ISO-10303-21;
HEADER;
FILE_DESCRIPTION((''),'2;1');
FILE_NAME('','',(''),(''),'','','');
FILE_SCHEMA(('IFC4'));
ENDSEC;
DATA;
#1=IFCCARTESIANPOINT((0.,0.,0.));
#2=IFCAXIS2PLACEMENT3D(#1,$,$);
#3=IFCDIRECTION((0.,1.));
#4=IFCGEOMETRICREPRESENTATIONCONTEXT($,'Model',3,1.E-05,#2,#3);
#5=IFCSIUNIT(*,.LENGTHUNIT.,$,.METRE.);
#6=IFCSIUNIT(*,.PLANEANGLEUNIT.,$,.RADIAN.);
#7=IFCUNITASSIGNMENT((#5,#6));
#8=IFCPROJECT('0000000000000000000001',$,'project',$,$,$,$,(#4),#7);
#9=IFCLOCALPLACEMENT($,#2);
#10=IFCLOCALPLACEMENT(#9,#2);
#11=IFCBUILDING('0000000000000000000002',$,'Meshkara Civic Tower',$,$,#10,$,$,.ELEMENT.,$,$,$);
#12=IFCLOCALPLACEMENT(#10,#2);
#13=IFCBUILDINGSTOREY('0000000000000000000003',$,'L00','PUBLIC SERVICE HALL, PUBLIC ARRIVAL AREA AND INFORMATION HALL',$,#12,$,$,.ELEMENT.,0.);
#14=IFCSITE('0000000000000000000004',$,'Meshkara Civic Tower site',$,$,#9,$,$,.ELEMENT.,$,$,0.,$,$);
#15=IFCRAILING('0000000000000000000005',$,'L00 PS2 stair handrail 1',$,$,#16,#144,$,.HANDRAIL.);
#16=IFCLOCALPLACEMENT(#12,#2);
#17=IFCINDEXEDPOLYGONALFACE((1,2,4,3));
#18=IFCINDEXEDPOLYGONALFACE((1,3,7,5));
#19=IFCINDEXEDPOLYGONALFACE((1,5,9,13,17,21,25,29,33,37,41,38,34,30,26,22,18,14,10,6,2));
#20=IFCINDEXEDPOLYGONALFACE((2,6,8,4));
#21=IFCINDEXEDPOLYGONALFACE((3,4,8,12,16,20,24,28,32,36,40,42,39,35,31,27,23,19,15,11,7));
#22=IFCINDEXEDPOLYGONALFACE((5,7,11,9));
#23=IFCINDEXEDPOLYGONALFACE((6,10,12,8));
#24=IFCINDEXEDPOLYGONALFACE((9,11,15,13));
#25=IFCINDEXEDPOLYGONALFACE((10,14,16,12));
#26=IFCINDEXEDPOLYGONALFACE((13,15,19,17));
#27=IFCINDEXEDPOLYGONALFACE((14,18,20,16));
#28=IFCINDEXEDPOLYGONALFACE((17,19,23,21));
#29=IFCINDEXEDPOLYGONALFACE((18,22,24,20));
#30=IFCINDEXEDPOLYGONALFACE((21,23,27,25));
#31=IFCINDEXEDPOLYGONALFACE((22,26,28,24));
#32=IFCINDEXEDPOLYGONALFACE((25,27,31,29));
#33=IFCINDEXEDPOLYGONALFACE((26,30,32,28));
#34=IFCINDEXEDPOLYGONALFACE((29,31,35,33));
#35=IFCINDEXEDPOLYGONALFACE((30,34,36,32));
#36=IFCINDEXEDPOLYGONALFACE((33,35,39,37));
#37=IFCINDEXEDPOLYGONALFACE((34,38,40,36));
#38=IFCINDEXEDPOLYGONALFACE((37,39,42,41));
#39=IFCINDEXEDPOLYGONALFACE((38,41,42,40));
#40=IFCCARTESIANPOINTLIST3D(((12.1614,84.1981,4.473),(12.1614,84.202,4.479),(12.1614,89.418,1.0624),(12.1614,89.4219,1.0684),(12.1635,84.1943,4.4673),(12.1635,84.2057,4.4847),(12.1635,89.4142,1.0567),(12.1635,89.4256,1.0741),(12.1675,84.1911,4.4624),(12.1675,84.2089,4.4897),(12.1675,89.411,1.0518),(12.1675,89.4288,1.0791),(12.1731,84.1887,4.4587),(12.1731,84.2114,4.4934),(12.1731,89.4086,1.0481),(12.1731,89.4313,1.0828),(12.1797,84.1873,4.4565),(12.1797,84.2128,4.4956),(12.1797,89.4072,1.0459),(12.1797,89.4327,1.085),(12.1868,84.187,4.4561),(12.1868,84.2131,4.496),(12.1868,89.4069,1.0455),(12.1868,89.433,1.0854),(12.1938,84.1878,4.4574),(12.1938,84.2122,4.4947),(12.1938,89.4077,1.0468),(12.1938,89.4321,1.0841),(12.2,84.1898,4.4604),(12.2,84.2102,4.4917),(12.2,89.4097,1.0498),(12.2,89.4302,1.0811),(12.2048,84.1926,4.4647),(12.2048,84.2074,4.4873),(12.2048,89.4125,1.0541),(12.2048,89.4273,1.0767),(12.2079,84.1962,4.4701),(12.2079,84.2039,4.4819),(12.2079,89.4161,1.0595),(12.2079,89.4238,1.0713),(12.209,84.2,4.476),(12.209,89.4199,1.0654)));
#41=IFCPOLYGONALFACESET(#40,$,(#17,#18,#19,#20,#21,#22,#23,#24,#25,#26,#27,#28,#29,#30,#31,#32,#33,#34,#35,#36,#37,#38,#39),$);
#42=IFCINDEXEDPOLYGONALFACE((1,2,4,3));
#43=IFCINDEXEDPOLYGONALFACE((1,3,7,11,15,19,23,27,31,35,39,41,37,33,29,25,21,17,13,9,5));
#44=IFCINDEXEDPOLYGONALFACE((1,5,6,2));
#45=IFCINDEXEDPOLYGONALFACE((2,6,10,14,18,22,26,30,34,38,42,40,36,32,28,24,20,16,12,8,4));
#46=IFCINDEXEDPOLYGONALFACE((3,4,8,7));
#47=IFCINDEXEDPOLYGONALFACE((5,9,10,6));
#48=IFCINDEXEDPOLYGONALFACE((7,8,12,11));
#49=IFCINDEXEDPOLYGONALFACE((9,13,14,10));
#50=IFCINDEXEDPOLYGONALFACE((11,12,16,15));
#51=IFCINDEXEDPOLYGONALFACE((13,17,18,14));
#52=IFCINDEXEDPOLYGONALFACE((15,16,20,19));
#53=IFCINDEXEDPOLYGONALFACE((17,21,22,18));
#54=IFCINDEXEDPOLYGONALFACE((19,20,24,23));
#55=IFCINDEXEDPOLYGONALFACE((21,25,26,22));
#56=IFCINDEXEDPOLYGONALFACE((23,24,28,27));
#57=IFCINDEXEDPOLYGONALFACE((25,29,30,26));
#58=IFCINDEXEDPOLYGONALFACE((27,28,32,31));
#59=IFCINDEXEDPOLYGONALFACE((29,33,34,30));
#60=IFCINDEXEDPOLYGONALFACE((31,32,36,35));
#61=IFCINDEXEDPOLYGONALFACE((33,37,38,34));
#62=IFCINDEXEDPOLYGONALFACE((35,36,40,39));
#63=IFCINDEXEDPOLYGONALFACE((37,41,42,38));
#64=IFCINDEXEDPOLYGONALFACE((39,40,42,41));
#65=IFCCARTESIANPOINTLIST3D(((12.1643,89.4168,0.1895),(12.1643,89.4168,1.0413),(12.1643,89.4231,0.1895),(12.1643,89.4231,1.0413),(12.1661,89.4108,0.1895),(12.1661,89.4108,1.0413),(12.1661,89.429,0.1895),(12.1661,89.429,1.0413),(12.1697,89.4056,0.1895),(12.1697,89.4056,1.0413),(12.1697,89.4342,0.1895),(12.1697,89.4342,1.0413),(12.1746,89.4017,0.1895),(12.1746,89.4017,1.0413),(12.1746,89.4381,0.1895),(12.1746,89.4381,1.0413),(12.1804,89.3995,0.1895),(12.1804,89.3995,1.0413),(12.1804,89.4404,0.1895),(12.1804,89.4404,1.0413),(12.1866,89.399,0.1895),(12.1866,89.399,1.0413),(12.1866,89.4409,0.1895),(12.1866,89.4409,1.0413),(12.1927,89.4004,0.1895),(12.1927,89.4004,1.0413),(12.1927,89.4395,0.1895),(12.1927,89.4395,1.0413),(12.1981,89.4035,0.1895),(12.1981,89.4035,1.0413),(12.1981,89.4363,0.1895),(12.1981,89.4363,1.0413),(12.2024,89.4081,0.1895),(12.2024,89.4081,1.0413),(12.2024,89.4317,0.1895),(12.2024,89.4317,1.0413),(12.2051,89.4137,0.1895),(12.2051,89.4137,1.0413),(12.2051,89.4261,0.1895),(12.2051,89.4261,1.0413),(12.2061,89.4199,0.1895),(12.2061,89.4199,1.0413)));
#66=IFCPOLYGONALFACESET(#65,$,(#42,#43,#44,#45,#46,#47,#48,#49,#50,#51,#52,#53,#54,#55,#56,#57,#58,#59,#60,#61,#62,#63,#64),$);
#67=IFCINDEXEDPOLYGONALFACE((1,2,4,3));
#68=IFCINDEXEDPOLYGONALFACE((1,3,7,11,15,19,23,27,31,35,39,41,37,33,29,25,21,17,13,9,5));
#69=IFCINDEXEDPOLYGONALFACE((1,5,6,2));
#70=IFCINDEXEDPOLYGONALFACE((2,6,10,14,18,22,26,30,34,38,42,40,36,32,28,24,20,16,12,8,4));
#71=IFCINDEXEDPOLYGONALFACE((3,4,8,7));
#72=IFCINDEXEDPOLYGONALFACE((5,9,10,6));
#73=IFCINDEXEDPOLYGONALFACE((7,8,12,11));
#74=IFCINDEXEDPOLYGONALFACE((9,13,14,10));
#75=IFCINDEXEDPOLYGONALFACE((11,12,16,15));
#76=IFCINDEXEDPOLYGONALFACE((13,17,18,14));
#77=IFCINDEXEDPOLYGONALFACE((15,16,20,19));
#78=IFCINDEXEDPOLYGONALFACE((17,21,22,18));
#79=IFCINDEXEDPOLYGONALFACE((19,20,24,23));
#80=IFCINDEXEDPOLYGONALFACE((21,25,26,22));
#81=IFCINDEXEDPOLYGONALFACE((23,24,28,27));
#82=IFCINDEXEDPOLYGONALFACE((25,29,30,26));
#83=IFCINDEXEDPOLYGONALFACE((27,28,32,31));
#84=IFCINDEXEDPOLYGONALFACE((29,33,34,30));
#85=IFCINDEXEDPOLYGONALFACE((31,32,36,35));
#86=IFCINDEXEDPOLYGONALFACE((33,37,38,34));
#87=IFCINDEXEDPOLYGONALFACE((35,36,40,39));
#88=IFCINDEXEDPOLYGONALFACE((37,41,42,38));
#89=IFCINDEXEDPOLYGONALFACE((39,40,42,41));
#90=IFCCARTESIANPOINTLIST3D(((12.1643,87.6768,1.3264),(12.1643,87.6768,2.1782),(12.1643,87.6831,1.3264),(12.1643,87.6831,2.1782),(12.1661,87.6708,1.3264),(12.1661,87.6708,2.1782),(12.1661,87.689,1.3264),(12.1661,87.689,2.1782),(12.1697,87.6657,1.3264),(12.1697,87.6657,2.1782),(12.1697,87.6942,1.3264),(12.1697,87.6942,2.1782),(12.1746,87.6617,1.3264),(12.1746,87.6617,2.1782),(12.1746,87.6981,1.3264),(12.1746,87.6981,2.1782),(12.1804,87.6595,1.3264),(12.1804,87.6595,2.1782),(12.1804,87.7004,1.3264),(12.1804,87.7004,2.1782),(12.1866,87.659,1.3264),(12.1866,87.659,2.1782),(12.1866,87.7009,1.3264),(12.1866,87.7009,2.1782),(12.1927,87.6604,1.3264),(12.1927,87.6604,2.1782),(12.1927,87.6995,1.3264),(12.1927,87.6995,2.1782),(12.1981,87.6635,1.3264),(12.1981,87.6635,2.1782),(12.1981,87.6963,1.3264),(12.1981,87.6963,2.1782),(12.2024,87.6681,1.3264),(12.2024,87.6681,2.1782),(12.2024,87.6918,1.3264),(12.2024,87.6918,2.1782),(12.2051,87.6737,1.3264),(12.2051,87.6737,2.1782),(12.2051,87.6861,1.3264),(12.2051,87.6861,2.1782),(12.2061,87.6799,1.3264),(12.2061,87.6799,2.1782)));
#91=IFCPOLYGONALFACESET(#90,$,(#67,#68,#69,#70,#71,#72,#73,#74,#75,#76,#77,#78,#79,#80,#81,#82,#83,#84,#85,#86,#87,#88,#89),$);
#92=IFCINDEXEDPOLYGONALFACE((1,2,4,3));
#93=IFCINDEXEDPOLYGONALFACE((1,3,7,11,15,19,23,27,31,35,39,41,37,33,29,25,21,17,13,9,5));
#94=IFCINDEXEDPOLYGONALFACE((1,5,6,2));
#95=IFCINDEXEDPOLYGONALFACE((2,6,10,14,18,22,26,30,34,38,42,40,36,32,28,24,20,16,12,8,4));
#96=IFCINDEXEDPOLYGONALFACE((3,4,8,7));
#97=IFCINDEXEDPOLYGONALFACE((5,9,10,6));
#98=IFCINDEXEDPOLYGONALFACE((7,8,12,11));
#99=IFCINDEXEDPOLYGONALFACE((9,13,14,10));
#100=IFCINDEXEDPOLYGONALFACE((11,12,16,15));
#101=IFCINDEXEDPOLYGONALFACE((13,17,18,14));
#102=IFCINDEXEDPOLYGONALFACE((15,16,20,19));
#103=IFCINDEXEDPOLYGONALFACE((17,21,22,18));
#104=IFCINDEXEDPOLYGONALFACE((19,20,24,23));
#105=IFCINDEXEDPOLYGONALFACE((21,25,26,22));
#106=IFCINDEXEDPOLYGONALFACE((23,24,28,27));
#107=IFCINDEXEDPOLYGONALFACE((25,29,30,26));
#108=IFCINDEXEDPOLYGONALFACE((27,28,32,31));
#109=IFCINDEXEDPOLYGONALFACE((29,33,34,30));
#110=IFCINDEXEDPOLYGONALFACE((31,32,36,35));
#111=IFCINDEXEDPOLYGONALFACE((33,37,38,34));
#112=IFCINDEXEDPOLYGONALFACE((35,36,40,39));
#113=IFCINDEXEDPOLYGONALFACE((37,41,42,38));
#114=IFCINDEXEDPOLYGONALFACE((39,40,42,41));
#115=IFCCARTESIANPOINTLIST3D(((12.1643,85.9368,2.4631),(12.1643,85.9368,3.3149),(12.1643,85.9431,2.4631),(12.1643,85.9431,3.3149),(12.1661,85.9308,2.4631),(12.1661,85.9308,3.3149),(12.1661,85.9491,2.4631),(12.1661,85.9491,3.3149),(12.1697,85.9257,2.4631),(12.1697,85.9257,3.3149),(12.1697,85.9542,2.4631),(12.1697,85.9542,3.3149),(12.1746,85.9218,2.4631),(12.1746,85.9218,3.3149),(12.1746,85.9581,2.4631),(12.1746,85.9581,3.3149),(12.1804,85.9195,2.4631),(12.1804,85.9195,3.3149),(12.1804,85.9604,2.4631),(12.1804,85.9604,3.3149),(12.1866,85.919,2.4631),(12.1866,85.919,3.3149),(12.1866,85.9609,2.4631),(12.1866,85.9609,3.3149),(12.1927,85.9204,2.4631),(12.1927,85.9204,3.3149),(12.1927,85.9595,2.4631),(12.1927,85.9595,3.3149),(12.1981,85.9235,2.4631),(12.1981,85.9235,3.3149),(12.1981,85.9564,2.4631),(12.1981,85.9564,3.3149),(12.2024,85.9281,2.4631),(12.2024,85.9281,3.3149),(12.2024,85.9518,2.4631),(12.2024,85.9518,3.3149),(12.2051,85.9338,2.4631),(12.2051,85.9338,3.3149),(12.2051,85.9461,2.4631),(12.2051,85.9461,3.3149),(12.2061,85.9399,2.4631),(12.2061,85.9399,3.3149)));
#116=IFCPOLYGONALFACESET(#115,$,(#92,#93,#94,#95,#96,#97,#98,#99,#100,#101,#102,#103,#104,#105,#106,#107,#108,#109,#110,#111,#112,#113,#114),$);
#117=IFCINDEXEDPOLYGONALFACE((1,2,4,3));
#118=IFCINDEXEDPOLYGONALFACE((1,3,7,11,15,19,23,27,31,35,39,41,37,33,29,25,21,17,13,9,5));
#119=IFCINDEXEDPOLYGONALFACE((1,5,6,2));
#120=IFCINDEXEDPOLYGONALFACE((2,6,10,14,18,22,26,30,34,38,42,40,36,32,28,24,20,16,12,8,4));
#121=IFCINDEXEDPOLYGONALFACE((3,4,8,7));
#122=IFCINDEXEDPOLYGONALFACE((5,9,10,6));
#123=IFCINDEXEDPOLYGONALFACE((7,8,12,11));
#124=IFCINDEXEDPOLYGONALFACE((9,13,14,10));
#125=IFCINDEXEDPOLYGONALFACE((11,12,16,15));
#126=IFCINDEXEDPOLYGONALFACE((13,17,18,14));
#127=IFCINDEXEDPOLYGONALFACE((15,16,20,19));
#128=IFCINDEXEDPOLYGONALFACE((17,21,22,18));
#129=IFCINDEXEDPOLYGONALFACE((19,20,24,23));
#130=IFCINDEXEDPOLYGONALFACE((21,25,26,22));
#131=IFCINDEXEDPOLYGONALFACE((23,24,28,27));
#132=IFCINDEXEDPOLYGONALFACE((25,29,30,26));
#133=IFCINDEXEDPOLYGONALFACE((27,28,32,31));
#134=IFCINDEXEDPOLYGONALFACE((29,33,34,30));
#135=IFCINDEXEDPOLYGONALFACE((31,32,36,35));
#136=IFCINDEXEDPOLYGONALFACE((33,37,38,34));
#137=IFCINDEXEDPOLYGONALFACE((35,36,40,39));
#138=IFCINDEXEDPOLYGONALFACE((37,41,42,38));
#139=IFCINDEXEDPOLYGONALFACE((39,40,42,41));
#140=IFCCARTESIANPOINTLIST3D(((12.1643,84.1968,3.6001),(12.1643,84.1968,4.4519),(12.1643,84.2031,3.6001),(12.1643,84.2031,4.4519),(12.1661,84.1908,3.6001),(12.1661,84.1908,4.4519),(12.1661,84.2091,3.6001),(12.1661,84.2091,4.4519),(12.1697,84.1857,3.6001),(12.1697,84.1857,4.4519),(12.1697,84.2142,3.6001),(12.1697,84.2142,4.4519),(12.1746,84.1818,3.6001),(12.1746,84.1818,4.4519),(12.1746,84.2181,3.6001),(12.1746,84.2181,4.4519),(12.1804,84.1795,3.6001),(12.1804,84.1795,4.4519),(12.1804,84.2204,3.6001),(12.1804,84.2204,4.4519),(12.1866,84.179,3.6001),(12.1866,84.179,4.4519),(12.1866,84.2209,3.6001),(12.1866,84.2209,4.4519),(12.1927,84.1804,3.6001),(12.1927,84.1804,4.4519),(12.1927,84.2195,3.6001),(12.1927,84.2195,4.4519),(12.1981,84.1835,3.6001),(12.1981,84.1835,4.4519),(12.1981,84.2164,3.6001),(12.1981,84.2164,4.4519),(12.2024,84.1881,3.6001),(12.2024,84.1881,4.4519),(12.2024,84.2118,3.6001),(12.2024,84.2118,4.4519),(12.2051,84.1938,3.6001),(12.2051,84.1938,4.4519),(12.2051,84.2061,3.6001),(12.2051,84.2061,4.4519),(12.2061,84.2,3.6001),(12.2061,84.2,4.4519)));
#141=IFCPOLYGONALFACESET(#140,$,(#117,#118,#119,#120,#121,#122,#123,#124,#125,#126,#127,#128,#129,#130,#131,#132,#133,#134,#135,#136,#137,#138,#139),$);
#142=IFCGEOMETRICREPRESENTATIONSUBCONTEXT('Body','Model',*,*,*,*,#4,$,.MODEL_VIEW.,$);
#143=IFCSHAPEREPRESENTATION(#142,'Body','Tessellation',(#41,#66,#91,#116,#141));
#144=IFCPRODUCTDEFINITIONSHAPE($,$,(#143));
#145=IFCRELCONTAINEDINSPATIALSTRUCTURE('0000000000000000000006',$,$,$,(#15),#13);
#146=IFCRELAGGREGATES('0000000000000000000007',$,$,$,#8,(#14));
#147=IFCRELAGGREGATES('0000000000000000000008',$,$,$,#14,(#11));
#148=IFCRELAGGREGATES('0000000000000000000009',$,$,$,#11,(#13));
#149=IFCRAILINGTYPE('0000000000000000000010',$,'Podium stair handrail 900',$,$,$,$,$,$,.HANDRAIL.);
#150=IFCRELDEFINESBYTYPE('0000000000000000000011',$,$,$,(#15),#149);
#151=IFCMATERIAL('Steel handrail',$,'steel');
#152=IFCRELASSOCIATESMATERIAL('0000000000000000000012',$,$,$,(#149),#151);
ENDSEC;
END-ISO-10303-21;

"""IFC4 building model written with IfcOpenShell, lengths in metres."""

from ifc_helpers import new_model, si_unit, direction, frame, origin, origin_2d, place, context, subcontext, project, spatial, circle, extrude, material, type_object, element, save


model = new_model("IFC4")

# Units and contexts
model_context = context("Model", 3, precision=1e-05, world=origin(), true_north=direction((0.0, 1.0)))
body_context = subcontext(model_context, "Body", "Model", "MODEL_VIEW")
ifc_project = project(units=[si_unit("LENGTHUNIT", "METRE"), si_unit("PLANEANGLEUNIT", "RADIAN")], contexts=[model_context])

# Site, building, storey
site_placement = place(None, origin())
site = spatial("IfcSite", under=ifc_project, at=site_placement, Name="Meshkara Civic Tower site", CompositionType="ELEMENT", RefElevation=0.0)
building_placement = place(site_placement, origin())
building = spatial("IfcBuilding", under=site, at=building_placement, Name="Meshkara Civic Tower", CompositionType="ELEMENT")
storey_placement = place(building_placement, origin())
storey = spatial("IfcBuildingStorey", under=building, at=storey_placement, Name="L00", Description="PUBLIC SERVICE HALL, PUBLIC ARRIVAL AREA AND INFORMATION HALL", CompositionType="ELEMENT", Elevation=0.0)

# Railing
ifc_material_1 = material(Name="Steel handrail", Category="steel")
railing_type_1 = type_object("IfcRailingType", Name="Podium stair handrail 900", PredefinedType="HANDRAIL", material=ifc_material_1)
railing_1_placement = place(storey_placement, frame((12.1851, 89.4199, 0.1895)))
element("IfcRailing", 1, at=railing_1_placement, inside=storey, type_object=railing_type_1, Name="L00 PS2 stair handrail 1", PredefinedType="HANDRAIL", context=body_context, shape_type="SweptSolid", body=[
    extrude(circle(Radius=0.0239, at=origin_2d()), frame((0.0, 0.0, 0.876), z_axis=(0.0, -0.837147, 0.546978), x_axis=(1.0, 0.0, 0.0)), (0.0, 0.0, 1.0), 6.2354),
    extrude(circle(Radius=0.021, at=origin_2d()), origin(), (0.0, 0.0, 1.0), 0.8518),
    extrude(circle(Radius=0.021, at=origin_2d()), frame((0.0, -1.74, 1.137)), (0.0, 0.0, 1.0), 0.8518),
    extrude(circle(Radius=0.021, at=origin_2d()), frame((0.0, -3.48, 2.2737)), (0.0, 0.0, 1.0), 0.8518),
    extrude(circle(Radius=0.021, at=origin_2d()), frame((0.0, -5.22, 3.4106)), (0.0, 0.0, 1.0), 0.8518),
])

save(model, "model.ifc")
